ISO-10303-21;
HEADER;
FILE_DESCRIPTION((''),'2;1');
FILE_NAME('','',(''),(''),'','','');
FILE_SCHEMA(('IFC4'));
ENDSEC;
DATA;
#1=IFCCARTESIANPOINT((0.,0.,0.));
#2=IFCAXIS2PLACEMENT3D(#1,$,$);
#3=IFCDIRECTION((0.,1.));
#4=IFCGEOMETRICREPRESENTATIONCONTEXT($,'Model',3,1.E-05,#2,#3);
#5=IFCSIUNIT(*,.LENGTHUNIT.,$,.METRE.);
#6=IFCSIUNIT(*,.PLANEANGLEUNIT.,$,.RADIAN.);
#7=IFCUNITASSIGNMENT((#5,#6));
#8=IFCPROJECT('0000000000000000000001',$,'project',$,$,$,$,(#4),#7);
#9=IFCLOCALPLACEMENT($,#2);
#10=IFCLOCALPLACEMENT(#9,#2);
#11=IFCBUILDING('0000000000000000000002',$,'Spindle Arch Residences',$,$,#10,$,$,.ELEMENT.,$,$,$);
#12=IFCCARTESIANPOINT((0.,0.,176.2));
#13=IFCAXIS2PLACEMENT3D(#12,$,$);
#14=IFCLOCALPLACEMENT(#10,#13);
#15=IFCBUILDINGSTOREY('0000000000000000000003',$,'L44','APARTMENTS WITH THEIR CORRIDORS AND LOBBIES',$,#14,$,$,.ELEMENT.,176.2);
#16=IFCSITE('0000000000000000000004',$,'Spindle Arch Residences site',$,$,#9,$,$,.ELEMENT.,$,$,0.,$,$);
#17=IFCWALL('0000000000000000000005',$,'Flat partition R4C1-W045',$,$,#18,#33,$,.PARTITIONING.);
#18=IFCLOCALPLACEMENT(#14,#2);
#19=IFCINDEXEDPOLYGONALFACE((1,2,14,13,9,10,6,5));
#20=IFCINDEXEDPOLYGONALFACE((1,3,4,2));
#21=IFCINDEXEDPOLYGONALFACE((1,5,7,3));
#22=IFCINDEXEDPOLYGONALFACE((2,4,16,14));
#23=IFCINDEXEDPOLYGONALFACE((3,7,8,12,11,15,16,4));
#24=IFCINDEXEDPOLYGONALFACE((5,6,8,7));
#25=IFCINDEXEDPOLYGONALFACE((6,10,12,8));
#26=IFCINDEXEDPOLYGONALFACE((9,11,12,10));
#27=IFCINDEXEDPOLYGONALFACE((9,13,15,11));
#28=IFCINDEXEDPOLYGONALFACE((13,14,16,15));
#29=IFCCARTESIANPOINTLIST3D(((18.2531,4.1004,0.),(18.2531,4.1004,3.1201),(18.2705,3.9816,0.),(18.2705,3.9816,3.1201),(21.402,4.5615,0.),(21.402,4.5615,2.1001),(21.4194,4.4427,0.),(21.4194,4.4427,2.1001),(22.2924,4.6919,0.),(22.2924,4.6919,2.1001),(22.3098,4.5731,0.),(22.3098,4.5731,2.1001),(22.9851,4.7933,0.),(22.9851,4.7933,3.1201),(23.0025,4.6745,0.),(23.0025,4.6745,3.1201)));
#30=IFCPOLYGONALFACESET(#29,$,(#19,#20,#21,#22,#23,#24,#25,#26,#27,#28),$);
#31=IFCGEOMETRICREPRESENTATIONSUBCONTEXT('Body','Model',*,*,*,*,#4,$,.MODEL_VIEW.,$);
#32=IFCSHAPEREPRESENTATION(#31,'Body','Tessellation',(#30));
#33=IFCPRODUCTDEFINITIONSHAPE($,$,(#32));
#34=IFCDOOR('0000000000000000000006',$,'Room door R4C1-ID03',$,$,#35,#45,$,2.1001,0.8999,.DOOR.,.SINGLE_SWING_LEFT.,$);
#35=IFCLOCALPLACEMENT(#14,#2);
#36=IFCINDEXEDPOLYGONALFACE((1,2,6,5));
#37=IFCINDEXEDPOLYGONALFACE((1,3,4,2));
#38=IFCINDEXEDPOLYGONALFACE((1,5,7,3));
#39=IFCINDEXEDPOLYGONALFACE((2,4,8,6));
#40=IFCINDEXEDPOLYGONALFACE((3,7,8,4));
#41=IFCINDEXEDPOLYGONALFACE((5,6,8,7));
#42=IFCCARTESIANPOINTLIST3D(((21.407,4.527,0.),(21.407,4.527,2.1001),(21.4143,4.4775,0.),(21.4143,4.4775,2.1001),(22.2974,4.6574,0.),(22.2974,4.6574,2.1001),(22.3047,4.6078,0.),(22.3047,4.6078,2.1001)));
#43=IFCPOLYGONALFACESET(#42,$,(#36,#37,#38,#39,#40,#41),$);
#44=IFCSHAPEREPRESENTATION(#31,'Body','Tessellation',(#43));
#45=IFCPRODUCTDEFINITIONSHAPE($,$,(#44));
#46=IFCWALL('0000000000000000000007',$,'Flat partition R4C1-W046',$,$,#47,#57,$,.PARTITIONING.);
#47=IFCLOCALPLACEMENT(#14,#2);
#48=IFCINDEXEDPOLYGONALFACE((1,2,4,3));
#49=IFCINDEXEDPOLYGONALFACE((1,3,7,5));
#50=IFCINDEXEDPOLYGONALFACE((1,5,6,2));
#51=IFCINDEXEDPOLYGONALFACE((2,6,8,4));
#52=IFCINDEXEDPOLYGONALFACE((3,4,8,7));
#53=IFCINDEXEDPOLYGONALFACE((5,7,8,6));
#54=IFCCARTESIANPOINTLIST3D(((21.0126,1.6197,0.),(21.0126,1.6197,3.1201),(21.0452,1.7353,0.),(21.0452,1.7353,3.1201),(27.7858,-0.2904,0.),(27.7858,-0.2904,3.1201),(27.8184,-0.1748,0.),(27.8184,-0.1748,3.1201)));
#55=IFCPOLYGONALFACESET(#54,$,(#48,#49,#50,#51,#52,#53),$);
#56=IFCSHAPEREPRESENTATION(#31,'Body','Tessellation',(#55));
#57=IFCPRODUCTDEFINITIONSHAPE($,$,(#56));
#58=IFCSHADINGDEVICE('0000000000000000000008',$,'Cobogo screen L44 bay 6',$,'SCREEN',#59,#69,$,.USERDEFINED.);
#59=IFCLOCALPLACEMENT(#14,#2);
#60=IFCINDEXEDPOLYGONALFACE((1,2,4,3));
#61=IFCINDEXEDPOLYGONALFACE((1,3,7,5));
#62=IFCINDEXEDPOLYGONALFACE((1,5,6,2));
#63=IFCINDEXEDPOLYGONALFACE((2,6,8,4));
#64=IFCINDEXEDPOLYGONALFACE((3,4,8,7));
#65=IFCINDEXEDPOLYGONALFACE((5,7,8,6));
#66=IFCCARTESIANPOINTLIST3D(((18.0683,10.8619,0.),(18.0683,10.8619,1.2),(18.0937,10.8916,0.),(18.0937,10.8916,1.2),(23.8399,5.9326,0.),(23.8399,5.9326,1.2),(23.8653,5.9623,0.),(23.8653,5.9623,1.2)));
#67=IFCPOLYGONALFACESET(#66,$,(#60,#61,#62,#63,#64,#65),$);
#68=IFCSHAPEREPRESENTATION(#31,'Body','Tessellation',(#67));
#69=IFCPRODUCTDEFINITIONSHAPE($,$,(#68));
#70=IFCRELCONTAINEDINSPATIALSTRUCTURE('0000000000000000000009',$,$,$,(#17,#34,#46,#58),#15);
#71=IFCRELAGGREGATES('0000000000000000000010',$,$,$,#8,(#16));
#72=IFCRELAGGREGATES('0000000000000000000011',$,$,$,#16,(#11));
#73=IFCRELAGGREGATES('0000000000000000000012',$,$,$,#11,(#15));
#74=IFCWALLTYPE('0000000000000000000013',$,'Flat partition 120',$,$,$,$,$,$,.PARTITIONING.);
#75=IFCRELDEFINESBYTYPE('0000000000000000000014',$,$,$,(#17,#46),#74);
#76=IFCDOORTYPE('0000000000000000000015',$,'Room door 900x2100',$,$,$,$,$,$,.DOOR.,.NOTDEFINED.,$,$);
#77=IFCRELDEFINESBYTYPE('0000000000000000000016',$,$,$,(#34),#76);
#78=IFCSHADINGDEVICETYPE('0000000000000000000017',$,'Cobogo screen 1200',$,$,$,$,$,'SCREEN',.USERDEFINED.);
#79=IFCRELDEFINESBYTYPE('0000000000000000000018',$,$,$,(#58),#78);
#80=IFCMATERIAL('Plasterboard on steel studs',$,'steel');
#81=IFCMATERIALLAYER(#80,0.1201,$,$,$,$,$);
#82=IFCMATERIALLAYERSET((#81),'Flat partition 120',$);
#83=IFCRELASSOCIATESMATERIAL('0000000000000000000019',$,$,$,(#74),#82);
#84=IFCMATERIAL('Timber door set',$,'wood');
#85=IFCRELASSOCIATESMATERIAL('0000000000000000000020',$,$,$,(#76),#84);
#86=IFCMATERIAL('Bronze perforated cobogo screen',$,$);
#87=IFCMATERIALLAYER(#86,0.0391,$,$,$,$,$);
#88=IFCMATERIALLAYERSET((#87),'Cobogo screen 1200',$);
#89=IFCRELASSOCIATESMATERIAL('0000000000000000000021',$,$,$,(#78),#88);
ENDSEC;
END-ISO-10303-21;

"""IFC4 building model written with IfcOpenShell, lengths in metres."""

from ifc_helpers import new_model, si_unit, direction, frame, frame_2d, origin, origin_2d, place, context, subcontext, project, spatial, rectangle, extrude, material, layer, layer_set, type_object, element, fill, save


model = new_model("IFC4")

# Units and contexts
model_context = context("Model", 3, precision=1e-05, world=origin(), true_north=direction((0.0, 1.0)))
body_context = subcontext(model_context, "Body", "Model", "MODEL_VIEW")
ifc_project = project(units=[si_unit("LENGTHUNIT", "METRE"), si_unit("PLANEANGLEUNIT", "RADIAN")], contexts=[model_context])

# Site, building, storey
site_placement = place(None, origin())
site = spatial("IfcSite", under=ifc_project, at=site_placement, Name="Spindle Arch Residences site", CompositionType="ELEMENT", RefElevation=0.0)
building_placement = place(site_placement, origin())
building = spatial("IfcBuilding", under=site, at=building_placement, Name="Spindle Arch Residences", CompositionType="ELEMENT")
storey_placement = place(building_placement, frame((0.0, 0.0, 176.2)))
storey = spatial("IfcBuildingStorey", under=building, at=storey_placement, Name="L44", Description="APARTMENTS WITH THEIR CORRIDORS AND LOBBIES", CompositionType="ELEMENT", Elevation=176.2)

# Wall, opening, door
ifc_material_1 = material(Name="Plasterboard on steel studs", Category="steel")
ifc_layer_1 = layer(ifc_material_1, 0.1201)
ifc_layer_set_1 = layer_set([ifc_layer_1], Name="Flat partition 120")
wall_type_1 = type_object("IfcWallType", Name="Flat partition 120", PredefinedType="PARTITIONING", material=ifc_layer_set_1)
wall_1_placement = place(storey_placement, frame((22.9937, 4.7339, 0.0), z_axis=(0.0, 0.0, 1.0), x_axis=(-0.989449, -0.14488, 0.0)))
wall_1 = element("IfcWall", 1, at=wall_1_placement, inside=storey, type_object=wall_type_1, Name="Flat partition R4C1-W045", PredefinedType="PARTITIONING", context=body_context, shape_type="SweptSolid", body=[
    extrude(rectangle(XDim=4.7825, YDim=0.1201, at=frame_2d((2.3911, 0.0))), origin(), (0.0, 0.0, 1.0), 3.1201),
])
opening_1_placement = place(wall_1_placement, frame((0.7, 0.0, 0.0)))
opening_1 = element("IfcOpeningElement", 2, at=opening_1_placement, cuts=wall_1, PredefinedType="OPENING", context=body_context, shape_type="SweptSolid", body=[
    extrude(rectangle(XDim=0.8999, YDim=2.1001, at=frame_2d((0.45, 1.05))), frame((0.0, 0.0701, 0.0), z_axis=(0.0, -1.0, 0.0), x_axis=(1.0, 0.0, 0.0)), (0.0, 0.0, 1.0), 0.1401),
])
ifc_material_2 = material(Name="Timber door set", Category="wood")
door_type_1 = type_object("IfcDoorType", Name="Room door 900x2100", OperationType="NOTDEFINED", PredefinedType="DOOR", material=ifc_material_2)
door_1_placement = place(opening_1_placement, origin())
door_1 = element("IfcDoor", 3, at=door_1_placement, inside=storey, type_object=door_type_1, Name="Room door R4C1-ID03", OperationType="SINGLE_SWING_LEFT", OverallHeight=2.1001, OverallWidth=0.8999, PredefinedType="DOOR", context=body_context, shape_type="SweptSolid", body=[
    extrude(rectangle(XDim=0.8999, YDim=2.1001, at=frame_2d((0.45, 1.05))), frame((0.0, 0.0249, 0.0), z_axis=(0.0, -1.0, 0.0), x_axis=(1.0, 0.0, 0.0)), (0.0, 0.0, 1.0), 0.05),
])
fill(opening_1, door_1)

# Wall
wall_2_placement = place(storey_placement, frame((21.0291, 1.6775, 0.0), z_axis=(0.0, 0.0, 1.0), x_axis=(0.962458, -0.27143, 0.0)))
element("IfcWall", 4, at=wall_2_placement, inside=storey, type_object=wall_type_1, Name="Flat partition R4C1-W046", PredefinedType="PARTITIONING", context=body_context, shape_type="SweptSolid", body=[
    extrude(rectangle(XDim=7.0374, YDim=0.1201, at=frame_2d((3.5186, 0.0))), origin(), (0.0, 0.0, 1.0), 3.1201),
])

# Shading device
ifc_material_3 = material(Name="Bronze perforated cobogo screen")
ifc_layer_2 = layer(ifc_material_3, 0.0391)
ifc_layer_set_2 = layer_set([ifc_layer_2], Name="Cobogo screen 1200")
shading_device_type = type_object("IfcShadingDeviceType", Name="Cobogo screen 1200", ElementType="SCREEN", PredefinedType="USERDEFINED", material=ifc_layer_set_2)
shading_device_placement = place(storey_placement, frame((20.9668, 8.4121, 0.0), z_axis=(0.0, 0.0, 1.0), x_axis=(-0.760406, 0.649448, 0.0)))
element("IfcShadingDevice", 5, at=shading_device_placement, inside=storey, type_object=shading_device_type, Name="Cobogo screen L44 bay 6", ObjectType="SCREEN", PredefinedType="USERDEFINED", context=body_context, shape_type="SweptSolid", body=[
    extrude(rectangle(XDim=7.5901, YDim=0.0391, at=origin_2d()), origin(), (0.0, 0.0, 1.0), 1.2),
])

save(model, "model.ifc")
